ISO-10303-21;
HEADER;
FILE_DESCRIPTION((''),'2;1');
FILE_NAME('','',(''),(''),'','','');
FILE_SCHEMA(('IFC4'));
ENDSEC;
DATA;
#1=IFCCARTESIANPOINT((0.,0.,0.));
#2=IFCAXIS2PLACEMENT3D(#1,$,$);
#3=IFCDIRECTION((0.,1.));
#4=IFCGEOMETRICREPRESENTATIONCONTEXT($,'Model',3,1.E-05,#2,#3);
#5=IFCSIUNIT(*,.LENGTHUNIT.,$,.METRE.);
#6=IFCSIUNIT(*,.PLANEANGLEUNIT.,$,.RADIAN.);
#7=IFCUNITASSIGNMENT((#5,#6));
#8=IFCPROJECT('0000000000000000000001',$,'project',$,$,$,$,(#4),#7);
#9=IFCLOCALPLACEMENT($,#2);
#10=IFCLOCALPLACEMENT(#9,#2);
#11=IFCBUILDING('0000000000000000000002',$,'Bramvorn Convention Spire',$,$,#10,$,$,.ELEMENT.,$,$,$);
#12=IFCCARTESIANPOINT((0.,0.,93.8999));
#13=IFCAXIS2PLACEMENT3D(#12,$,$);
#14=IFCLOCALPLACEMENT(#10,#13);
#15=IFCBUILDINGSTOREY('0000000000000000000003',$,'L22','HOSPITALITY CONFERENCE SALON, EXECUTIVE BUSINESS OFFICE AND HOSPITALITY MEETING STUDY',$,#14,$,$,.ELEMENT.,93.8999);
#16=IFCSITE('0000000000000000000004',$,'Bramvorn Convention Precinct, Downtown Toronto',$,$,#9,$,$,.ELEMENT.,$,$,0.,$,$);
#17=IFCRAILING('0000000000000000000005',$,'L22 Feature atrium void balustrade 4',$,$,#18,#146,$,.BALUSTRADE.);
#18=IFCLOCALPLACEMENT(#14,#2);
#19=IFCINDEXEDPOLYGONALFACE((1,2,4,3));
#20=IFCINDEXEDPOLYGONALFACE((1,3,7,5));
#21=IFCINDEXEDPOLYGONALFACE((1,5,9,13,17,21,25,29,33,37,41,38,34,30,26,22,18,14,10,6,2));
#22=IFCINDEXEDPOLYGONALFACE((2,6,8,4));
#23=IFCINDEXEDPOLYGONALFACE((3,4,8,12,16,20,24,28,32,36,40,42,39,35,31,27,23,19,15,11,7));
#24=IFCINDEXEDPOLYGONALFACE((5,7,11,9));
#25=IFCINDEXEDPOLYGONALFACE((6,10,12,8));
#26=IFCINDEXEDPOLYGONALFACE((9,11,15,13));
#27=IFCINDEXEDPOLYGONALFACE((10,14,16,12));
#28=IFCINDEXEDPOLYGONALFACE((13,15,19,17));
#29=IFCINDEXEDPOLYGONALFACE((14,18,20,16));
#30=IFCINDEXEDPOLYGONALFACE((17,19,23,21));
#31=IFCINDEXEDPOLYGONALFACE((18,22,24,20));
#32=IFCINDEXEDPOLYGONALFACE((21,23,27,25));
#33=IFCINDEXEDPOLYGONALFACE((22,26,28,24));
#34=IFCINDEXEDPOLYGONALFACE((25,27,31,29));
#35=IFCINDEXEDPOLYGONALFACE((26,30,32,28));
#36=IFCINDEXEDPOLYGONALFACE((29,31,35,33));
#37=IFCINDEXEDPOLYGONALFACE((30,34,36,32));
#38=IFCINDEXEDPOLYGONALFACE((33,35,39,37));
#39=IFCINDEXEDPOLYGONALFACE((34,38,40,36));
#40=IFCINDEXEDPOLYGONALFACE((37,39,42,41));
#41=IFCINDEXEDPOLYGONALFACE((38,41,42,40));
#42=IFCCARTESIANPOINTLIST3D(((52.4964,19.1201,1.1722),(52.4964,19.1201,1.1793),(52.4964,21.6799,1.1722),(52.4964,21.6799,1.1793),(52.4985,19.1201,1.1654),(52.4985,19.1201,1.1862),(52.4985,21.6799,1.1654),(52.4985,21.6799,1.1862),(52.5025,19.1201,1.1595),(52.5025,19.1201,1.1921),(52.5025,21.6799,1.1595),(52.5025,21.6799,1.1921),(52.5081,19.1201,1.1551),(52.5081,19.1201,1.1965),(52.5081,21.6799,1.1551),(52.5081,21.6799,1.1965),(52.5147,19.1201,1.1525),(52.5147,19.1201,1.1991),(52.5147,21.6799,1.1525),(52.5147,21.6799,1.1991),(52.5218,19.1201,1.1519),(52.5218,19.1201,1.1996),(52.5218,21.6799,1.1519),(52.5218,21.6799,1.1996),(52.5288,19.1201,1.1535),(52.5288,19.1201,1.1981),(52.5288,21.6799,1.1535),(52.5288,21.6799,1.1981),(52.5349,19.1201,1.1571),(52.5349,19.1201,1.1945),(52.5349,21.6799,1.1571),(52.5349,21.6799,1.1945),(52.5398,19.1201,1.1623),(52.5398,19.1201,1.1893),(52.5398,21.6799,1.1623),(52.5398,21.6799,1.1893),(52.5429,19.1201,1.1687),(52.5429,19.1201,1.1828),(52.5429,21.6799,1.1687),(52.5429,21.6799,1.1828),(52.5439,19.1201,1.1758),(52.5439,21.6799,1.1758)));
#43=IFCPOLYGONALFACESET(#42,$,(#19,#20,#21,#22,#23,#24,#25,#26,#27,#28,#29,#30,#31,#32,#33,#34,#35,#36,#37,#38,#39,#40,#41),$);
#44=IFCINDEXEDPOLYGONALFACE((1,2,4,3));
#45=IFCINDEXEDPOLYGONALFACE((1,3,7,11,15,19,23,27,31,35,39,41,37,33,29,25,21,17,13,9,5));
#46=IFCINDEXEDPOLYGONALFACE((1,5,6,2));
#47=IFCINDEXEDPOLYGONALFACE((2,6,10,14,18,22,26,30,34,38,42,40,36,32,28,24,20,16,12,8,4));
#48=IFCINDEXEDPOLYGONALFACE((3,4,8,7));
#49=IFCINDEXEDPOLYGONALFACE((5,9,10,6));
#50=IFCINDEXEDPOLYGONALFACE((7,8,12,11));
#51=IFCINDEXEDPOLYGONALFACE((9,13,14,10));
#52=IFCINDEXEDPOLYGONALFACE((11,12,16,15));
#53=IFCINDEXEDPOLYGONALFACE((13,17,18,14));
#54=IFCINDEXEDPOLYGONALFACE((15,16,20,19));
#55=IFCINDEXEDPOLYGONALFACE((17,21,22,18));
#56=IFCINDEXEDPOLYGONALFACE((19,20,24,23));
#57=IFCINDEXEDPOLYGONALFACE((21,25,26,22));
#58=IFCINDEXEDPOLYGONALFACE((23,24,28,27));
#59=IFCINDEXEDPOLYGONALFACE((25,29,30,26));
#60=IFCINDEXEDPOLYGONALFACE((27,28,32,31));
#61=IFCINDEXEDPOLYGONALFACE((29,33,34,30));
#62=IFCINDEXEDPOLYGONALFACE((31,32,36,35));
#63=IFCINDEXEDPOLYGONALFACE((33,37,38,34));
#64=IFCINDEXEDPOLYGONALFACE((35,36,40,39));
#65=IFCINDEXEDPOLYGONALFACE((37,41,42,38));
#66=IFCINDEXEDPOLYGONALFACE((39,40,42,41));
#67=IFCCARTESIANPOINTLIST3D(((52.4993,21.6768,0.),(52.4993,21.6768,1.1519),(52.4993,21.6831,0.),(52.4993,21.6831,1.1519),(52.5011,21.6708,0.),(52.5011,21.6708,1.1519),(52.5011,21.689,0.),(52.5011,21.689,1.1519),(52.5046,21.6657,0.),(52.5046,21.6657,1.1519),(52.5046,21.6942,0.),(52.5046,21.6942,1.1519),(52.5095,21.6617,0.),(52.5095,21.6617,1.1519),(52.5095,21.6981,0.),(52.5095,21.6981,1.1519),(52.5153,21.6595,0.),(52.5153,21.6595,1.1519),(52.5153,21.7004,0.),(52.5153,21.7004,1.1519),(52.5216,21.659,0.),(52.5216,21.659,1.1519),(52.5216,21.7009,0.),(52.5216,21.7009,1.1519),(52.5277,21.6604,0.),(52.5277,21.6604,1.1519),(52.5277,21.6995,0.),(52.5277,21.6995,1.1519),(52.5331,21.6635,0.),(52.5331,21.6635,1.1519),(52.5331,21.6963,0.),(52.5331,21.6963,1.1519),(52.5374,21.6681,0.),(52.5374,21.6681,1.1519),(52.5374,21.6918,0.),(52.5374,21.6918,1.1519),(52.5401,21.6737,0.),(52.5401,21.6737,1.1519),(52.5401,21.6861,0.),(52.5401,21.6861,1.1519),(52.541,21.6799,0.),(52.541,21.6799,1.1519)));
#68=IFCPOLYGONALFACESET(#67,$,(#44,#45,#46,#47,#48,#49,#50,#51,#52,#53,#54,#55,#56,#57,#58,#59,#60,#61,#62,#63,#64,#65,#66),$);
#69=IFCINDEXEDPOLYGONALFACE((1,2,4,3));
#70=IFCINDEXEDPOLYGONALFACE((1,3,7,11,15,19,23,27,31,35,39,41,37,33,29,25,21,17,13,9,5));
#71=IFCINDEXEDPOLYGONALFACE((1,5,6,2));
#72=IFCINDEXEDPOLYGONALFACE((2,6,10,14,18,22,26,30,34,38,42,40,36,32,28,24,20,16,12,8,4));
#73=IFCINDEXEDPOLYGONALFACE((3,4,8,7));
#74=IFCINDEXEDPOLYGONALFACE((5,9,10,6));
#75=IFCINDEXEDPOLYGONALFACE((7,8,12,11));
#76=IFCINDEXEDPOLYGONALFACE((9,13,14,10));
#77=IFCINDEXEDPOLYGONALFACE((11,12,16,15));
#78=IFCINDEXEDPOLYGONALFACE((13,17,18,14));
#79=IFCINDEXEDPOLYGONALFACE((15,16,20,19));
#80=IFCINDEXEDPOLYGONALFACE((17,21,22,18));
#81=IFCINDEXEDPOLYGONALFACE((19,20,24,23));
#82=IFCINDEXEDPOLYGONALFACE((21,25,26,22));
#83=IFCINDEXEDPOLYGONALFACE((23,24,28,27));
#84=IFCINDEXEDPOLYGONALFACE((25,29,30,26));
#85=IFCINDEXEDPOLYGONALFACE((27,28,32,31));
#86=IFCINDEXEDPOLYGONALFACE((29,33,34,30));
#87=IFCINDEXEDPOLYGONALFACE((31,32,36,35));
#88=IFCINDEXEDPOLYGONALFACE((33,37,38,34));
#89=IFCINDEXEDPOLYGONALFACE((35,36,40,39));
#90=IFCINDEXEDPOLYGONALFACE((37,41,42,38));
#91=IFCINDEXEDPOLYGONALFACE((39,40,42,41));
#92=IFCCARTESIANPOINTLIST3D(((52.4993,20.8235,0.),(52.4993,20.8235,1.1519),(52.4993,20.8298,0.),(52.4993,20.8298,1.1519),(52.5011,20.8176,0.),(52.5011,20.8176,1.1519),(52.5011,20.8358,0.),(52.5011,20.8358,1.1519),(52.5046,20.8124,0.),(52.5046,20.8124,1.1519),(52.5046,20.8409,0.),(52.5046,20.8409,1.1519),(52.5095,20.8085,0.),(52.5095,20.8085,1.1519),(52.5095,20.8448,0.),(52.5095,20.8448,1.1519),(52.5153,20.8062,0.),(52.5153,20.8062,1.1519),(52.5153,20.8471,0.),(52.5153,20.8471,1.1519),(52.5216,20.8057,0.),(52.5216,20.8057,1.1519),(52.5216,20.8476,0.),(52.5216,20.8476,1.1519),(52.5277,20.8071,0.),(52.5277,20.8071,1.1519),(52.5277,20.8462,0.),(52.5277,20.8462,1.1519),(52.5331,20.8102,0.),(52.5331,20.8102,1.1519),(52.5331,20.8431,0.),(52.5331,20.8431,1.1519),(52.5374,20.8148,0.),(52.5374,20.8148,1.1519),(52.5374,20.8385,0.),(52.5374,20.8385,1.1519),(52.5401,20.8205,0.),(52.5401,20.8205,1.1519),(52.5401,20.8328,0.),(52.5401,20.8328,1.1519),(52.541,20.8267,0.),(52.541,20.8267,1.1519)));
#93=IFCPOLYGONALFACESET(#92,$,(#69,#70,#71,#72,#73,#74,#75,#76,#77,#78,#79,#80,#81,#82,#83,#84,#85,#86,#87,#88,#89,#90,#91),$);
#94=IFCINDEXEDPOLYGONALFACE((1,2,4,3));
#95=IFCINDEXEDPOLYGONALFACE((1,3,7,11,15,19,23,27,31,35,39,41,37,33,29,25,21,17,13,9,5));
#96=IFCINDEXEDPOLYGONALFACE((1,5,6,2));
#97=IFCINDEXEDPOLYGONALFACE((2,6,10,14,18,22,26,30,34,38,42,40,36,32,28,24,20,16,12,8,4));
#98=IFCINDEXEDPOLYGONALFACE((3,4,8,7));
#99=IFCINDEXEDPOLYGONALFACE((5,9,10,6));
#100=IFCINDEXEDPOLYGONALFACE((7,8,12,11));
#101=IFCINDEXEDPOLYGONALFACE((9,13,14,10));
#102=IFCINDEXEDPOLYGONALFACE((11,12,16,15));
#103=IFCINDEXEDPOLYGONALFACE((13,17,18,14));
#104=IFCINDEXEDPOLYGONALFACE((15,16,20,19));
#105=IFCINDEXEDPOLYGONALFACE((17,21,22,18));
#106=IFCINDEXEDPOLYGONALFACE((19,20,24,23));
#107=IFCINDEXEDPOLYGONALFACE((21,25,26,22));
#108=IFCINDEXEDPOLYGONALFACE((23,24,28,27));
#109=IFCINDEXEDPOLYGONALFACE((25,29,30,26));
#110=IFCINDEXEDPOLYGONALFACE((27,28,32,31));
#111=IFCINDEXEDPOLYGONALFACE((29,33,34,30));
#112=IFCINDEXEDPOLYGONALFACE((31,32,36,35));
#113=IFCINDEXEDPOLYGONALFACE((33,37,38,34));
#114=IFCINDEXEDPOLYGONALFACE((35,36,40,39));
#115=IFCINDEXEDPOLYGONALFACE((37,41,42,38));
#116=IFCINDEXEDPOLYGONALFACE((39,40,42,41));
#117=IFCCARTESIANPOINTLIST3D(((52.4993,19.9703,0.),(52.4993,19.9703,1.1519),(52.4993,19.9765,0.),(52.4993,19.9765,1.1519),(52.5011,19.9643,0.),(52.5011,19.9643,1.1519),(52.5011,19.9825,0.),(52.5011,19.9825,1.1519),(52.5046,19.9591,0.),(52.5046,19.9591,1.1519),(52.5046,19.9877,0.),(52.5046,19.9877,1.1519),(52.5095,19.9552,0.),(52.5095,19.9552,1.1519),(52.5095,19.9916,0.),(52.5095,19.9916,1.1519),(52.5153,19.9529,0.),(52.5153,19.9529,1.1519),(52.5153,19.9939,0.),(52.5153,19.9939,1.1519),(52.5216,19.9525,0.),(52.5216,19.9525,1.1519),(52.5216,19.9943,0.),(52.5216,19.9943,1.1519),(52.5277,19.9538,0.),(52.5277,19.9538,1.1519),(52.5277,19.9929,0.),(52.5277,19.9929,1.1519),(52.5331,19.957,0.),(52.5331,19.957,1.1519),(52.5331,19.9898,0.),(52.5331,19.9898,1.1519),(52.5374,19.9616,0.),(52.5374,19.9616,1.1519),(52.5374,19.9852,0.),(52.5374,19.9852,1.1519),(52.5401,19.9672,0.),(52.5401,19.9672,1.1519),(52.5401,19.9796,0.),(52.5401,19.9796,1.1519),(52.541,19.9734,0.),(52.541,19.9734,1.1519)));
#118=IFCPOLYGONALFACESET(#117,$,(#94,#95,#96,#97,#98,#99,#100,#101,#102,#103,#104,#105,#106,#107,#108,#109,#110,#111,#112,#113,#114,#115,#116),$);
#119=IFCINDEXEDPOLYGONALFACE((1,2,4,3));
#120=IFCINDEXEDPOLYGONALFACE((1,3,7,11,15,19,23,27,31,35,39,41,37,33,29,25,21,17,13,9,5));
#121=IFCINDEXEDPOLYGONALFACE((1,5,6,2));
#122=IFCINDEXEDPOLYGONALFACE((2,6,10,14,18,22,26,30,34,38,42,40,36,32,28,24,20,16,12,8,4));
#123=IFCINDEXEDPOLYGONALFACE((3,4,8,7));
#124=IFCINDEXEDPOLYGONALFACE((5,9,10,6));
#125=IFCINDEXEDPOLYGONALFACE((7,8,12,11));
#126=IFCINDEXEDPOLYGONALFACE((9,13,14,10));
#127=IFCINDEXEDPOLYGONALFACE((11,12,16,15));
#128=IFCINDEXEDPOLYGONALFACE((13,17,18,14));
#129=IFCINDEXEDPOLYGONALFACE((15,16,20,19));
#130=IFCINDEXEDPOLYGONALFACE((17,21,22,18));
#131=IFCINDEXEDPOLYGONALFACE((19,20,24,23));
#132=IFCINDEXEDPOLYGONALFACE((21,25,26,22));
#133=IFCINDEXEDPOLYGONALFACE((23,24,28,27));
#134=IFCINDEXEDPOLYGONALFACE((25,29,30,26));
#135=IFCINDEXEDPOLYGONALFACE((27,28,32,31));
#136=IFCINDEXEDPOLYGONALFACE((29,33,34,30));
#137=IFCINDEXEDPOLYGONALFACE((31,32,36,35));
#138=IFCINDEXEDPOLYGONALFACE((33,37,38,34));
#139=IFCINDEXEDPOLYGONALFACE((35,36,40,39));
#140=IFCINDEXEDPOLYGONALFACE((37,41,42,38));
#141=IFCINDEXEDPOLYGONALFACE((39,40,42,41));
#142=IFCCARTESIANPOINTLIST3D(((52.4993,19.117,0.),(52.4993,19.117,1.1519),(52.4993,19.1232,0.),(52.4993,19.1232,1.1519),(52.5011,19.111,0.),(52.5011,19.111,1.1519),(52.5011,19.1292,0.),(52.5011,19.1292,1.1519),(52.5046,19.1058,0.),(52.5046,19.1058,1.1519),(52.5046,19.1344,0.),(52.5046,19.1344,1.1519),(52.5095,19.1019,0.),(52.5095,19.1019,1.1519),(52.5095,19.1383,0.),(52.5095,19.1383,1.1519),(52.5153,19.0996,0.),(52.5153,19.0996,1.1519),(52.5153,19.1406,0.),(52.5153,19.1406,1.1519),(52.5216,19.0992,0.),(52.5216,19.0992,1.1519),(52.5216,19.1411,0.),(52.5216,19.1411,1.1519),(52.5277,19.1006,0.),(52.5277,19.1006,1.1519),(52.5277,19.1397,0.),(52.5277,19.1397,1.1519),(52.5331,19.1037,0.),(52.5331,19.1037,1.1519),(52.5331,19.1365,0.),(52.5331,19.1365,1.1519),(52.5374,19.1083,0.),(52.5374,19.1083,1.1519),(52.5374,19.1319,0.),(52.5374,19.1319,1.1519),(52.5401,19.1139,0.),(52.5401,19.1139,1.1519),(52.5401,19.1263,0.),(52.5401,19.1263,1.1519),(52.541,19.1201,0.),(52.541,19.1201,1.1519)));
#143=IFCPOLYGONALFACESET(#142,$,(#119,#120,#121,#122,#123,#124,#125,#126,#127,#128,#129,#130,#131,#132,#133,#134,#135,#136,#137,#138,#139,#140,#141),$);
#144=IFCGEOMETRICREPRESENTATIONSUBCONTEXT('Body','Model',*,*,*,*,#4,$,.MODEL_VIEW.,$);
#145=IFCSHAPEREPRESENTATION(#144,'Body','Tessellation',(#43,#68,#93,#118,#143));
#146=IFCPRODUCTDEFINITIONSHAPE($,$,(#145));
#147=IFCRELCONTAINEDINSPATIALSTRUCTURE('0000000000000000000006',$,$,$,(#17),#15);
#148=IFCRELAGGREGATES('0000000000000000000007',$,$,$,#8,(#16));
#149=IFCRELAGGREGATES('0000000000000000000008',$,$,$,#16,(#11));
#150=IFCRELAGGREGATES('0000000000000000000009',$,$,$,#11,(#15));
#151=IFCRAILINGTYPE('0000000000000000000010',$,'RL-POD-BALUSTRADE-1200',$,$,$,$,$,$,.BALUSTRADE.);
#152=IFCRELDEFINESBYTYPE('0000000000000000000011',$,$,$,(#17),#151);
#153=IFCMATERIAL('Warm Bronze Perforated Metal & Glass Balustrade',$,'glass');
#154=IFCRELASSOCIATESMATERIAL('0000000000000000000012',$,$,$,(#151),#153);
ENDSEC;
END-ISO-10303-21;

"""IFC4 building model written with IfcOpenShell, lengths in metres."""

from ifc_helpers import new_model, si_unit, direction, frame, origin, origin_2d, place, context, subcontext, project, spatial, circle, extrude, material, type_object, element, save


model = new_model("IFC4")

# Units and contexts
model_context = context("Model", 3, precision=1e-05, world=origin(), true_north=direction((0.0, 1.0)))
body_context = subcontext(model_context, "Body", "Model", "MODEL_VIEW")
ifc_project = project(units=[si_unit("LENGTHUNIT", "METRE"), si_unit("PLANEANGLEUNIT", "RADIAN")], contexts=[model_context])

# Site, building, storey
site_placement = place(None, origin())
site = spatial("IfcSite", under=ifc_project, at=site_placement, Name="Bramvorn Convention Precinct, Downtown Toronto", CompositionType="ELEMENT", RefElevation=0.0)
building_placement = place(site_placement, origin())
building = spatial("IfcBuilding", under=site, at=building_placement, Name="Bramvorn Convention Spire", CompositionType="ELEMENT")
storey_placement = place(building_placement, frame((0.0, 0.0, 93.8999)))
storey = spatial("IfcBuildingStorey", under=building, at=storey_placement, Name="L22", Description="HOSPITALITY CONFERENCE SALON, EXECUTIVE BUSINESS OFFICE AND HOSPITALITY MEETING STUDY", CompositionType="ELEMENT", Elevation=93.8999)

# Railing
ifc_material_1 = material(Name="Warm Bronze Perforated Metal & Glass Balustrade", Category="glass")
railing_type = type_object("IfcRailingType", Name="RL-POD-BALUSTRADE-1200", PredefinedType="BALUSTRADE", material=ifc_material_1)
railing_1_placement = place(storey_placement, frame((52.52, 21.6799, 0.0)))
element("IfcRailing", 1, at=railing_1_placement, inside=storey, type_object=railing_type, Name="L22 Feature atrium void balustrade 4", PredefinedType="BALUSTRADE", context=body_context, shape_type="SweptSolid", body=[
    extrude(circle(Radius=0.0239, at=origin_2d()), frame((0.0, 0.0, 1.1758), z_axis=(0.0, -1.0, 0.0), x_axis=(1.0, 0.0, 0.0)), (0.0, 0.0, 1.0), 2.5598),
    extrude(circle(Radius=0.021, at=origin_2d()), origin(), (0.0, 0.0, 1.0), 1.1519),
    extrude(circle(Radius=0.021, at=origin_2d()), frame((0.0, -0.8533, 0.0)), (0.0, 0.0, 1.0), 1.1519),
    extrude(circle(Radius=0.021, at=origin_2d()), frame((0.0, -1.7065, 0.0)), (0.0, 0.0, 1.0), 1.1519),
    extrude(circle(Radius=0.021, at=origin_2d()), frame((0.0, -2.5598, 0.0)), (0.0, 0.0, 1.0), 1.1519),
])

save(model, "model.ifc")
